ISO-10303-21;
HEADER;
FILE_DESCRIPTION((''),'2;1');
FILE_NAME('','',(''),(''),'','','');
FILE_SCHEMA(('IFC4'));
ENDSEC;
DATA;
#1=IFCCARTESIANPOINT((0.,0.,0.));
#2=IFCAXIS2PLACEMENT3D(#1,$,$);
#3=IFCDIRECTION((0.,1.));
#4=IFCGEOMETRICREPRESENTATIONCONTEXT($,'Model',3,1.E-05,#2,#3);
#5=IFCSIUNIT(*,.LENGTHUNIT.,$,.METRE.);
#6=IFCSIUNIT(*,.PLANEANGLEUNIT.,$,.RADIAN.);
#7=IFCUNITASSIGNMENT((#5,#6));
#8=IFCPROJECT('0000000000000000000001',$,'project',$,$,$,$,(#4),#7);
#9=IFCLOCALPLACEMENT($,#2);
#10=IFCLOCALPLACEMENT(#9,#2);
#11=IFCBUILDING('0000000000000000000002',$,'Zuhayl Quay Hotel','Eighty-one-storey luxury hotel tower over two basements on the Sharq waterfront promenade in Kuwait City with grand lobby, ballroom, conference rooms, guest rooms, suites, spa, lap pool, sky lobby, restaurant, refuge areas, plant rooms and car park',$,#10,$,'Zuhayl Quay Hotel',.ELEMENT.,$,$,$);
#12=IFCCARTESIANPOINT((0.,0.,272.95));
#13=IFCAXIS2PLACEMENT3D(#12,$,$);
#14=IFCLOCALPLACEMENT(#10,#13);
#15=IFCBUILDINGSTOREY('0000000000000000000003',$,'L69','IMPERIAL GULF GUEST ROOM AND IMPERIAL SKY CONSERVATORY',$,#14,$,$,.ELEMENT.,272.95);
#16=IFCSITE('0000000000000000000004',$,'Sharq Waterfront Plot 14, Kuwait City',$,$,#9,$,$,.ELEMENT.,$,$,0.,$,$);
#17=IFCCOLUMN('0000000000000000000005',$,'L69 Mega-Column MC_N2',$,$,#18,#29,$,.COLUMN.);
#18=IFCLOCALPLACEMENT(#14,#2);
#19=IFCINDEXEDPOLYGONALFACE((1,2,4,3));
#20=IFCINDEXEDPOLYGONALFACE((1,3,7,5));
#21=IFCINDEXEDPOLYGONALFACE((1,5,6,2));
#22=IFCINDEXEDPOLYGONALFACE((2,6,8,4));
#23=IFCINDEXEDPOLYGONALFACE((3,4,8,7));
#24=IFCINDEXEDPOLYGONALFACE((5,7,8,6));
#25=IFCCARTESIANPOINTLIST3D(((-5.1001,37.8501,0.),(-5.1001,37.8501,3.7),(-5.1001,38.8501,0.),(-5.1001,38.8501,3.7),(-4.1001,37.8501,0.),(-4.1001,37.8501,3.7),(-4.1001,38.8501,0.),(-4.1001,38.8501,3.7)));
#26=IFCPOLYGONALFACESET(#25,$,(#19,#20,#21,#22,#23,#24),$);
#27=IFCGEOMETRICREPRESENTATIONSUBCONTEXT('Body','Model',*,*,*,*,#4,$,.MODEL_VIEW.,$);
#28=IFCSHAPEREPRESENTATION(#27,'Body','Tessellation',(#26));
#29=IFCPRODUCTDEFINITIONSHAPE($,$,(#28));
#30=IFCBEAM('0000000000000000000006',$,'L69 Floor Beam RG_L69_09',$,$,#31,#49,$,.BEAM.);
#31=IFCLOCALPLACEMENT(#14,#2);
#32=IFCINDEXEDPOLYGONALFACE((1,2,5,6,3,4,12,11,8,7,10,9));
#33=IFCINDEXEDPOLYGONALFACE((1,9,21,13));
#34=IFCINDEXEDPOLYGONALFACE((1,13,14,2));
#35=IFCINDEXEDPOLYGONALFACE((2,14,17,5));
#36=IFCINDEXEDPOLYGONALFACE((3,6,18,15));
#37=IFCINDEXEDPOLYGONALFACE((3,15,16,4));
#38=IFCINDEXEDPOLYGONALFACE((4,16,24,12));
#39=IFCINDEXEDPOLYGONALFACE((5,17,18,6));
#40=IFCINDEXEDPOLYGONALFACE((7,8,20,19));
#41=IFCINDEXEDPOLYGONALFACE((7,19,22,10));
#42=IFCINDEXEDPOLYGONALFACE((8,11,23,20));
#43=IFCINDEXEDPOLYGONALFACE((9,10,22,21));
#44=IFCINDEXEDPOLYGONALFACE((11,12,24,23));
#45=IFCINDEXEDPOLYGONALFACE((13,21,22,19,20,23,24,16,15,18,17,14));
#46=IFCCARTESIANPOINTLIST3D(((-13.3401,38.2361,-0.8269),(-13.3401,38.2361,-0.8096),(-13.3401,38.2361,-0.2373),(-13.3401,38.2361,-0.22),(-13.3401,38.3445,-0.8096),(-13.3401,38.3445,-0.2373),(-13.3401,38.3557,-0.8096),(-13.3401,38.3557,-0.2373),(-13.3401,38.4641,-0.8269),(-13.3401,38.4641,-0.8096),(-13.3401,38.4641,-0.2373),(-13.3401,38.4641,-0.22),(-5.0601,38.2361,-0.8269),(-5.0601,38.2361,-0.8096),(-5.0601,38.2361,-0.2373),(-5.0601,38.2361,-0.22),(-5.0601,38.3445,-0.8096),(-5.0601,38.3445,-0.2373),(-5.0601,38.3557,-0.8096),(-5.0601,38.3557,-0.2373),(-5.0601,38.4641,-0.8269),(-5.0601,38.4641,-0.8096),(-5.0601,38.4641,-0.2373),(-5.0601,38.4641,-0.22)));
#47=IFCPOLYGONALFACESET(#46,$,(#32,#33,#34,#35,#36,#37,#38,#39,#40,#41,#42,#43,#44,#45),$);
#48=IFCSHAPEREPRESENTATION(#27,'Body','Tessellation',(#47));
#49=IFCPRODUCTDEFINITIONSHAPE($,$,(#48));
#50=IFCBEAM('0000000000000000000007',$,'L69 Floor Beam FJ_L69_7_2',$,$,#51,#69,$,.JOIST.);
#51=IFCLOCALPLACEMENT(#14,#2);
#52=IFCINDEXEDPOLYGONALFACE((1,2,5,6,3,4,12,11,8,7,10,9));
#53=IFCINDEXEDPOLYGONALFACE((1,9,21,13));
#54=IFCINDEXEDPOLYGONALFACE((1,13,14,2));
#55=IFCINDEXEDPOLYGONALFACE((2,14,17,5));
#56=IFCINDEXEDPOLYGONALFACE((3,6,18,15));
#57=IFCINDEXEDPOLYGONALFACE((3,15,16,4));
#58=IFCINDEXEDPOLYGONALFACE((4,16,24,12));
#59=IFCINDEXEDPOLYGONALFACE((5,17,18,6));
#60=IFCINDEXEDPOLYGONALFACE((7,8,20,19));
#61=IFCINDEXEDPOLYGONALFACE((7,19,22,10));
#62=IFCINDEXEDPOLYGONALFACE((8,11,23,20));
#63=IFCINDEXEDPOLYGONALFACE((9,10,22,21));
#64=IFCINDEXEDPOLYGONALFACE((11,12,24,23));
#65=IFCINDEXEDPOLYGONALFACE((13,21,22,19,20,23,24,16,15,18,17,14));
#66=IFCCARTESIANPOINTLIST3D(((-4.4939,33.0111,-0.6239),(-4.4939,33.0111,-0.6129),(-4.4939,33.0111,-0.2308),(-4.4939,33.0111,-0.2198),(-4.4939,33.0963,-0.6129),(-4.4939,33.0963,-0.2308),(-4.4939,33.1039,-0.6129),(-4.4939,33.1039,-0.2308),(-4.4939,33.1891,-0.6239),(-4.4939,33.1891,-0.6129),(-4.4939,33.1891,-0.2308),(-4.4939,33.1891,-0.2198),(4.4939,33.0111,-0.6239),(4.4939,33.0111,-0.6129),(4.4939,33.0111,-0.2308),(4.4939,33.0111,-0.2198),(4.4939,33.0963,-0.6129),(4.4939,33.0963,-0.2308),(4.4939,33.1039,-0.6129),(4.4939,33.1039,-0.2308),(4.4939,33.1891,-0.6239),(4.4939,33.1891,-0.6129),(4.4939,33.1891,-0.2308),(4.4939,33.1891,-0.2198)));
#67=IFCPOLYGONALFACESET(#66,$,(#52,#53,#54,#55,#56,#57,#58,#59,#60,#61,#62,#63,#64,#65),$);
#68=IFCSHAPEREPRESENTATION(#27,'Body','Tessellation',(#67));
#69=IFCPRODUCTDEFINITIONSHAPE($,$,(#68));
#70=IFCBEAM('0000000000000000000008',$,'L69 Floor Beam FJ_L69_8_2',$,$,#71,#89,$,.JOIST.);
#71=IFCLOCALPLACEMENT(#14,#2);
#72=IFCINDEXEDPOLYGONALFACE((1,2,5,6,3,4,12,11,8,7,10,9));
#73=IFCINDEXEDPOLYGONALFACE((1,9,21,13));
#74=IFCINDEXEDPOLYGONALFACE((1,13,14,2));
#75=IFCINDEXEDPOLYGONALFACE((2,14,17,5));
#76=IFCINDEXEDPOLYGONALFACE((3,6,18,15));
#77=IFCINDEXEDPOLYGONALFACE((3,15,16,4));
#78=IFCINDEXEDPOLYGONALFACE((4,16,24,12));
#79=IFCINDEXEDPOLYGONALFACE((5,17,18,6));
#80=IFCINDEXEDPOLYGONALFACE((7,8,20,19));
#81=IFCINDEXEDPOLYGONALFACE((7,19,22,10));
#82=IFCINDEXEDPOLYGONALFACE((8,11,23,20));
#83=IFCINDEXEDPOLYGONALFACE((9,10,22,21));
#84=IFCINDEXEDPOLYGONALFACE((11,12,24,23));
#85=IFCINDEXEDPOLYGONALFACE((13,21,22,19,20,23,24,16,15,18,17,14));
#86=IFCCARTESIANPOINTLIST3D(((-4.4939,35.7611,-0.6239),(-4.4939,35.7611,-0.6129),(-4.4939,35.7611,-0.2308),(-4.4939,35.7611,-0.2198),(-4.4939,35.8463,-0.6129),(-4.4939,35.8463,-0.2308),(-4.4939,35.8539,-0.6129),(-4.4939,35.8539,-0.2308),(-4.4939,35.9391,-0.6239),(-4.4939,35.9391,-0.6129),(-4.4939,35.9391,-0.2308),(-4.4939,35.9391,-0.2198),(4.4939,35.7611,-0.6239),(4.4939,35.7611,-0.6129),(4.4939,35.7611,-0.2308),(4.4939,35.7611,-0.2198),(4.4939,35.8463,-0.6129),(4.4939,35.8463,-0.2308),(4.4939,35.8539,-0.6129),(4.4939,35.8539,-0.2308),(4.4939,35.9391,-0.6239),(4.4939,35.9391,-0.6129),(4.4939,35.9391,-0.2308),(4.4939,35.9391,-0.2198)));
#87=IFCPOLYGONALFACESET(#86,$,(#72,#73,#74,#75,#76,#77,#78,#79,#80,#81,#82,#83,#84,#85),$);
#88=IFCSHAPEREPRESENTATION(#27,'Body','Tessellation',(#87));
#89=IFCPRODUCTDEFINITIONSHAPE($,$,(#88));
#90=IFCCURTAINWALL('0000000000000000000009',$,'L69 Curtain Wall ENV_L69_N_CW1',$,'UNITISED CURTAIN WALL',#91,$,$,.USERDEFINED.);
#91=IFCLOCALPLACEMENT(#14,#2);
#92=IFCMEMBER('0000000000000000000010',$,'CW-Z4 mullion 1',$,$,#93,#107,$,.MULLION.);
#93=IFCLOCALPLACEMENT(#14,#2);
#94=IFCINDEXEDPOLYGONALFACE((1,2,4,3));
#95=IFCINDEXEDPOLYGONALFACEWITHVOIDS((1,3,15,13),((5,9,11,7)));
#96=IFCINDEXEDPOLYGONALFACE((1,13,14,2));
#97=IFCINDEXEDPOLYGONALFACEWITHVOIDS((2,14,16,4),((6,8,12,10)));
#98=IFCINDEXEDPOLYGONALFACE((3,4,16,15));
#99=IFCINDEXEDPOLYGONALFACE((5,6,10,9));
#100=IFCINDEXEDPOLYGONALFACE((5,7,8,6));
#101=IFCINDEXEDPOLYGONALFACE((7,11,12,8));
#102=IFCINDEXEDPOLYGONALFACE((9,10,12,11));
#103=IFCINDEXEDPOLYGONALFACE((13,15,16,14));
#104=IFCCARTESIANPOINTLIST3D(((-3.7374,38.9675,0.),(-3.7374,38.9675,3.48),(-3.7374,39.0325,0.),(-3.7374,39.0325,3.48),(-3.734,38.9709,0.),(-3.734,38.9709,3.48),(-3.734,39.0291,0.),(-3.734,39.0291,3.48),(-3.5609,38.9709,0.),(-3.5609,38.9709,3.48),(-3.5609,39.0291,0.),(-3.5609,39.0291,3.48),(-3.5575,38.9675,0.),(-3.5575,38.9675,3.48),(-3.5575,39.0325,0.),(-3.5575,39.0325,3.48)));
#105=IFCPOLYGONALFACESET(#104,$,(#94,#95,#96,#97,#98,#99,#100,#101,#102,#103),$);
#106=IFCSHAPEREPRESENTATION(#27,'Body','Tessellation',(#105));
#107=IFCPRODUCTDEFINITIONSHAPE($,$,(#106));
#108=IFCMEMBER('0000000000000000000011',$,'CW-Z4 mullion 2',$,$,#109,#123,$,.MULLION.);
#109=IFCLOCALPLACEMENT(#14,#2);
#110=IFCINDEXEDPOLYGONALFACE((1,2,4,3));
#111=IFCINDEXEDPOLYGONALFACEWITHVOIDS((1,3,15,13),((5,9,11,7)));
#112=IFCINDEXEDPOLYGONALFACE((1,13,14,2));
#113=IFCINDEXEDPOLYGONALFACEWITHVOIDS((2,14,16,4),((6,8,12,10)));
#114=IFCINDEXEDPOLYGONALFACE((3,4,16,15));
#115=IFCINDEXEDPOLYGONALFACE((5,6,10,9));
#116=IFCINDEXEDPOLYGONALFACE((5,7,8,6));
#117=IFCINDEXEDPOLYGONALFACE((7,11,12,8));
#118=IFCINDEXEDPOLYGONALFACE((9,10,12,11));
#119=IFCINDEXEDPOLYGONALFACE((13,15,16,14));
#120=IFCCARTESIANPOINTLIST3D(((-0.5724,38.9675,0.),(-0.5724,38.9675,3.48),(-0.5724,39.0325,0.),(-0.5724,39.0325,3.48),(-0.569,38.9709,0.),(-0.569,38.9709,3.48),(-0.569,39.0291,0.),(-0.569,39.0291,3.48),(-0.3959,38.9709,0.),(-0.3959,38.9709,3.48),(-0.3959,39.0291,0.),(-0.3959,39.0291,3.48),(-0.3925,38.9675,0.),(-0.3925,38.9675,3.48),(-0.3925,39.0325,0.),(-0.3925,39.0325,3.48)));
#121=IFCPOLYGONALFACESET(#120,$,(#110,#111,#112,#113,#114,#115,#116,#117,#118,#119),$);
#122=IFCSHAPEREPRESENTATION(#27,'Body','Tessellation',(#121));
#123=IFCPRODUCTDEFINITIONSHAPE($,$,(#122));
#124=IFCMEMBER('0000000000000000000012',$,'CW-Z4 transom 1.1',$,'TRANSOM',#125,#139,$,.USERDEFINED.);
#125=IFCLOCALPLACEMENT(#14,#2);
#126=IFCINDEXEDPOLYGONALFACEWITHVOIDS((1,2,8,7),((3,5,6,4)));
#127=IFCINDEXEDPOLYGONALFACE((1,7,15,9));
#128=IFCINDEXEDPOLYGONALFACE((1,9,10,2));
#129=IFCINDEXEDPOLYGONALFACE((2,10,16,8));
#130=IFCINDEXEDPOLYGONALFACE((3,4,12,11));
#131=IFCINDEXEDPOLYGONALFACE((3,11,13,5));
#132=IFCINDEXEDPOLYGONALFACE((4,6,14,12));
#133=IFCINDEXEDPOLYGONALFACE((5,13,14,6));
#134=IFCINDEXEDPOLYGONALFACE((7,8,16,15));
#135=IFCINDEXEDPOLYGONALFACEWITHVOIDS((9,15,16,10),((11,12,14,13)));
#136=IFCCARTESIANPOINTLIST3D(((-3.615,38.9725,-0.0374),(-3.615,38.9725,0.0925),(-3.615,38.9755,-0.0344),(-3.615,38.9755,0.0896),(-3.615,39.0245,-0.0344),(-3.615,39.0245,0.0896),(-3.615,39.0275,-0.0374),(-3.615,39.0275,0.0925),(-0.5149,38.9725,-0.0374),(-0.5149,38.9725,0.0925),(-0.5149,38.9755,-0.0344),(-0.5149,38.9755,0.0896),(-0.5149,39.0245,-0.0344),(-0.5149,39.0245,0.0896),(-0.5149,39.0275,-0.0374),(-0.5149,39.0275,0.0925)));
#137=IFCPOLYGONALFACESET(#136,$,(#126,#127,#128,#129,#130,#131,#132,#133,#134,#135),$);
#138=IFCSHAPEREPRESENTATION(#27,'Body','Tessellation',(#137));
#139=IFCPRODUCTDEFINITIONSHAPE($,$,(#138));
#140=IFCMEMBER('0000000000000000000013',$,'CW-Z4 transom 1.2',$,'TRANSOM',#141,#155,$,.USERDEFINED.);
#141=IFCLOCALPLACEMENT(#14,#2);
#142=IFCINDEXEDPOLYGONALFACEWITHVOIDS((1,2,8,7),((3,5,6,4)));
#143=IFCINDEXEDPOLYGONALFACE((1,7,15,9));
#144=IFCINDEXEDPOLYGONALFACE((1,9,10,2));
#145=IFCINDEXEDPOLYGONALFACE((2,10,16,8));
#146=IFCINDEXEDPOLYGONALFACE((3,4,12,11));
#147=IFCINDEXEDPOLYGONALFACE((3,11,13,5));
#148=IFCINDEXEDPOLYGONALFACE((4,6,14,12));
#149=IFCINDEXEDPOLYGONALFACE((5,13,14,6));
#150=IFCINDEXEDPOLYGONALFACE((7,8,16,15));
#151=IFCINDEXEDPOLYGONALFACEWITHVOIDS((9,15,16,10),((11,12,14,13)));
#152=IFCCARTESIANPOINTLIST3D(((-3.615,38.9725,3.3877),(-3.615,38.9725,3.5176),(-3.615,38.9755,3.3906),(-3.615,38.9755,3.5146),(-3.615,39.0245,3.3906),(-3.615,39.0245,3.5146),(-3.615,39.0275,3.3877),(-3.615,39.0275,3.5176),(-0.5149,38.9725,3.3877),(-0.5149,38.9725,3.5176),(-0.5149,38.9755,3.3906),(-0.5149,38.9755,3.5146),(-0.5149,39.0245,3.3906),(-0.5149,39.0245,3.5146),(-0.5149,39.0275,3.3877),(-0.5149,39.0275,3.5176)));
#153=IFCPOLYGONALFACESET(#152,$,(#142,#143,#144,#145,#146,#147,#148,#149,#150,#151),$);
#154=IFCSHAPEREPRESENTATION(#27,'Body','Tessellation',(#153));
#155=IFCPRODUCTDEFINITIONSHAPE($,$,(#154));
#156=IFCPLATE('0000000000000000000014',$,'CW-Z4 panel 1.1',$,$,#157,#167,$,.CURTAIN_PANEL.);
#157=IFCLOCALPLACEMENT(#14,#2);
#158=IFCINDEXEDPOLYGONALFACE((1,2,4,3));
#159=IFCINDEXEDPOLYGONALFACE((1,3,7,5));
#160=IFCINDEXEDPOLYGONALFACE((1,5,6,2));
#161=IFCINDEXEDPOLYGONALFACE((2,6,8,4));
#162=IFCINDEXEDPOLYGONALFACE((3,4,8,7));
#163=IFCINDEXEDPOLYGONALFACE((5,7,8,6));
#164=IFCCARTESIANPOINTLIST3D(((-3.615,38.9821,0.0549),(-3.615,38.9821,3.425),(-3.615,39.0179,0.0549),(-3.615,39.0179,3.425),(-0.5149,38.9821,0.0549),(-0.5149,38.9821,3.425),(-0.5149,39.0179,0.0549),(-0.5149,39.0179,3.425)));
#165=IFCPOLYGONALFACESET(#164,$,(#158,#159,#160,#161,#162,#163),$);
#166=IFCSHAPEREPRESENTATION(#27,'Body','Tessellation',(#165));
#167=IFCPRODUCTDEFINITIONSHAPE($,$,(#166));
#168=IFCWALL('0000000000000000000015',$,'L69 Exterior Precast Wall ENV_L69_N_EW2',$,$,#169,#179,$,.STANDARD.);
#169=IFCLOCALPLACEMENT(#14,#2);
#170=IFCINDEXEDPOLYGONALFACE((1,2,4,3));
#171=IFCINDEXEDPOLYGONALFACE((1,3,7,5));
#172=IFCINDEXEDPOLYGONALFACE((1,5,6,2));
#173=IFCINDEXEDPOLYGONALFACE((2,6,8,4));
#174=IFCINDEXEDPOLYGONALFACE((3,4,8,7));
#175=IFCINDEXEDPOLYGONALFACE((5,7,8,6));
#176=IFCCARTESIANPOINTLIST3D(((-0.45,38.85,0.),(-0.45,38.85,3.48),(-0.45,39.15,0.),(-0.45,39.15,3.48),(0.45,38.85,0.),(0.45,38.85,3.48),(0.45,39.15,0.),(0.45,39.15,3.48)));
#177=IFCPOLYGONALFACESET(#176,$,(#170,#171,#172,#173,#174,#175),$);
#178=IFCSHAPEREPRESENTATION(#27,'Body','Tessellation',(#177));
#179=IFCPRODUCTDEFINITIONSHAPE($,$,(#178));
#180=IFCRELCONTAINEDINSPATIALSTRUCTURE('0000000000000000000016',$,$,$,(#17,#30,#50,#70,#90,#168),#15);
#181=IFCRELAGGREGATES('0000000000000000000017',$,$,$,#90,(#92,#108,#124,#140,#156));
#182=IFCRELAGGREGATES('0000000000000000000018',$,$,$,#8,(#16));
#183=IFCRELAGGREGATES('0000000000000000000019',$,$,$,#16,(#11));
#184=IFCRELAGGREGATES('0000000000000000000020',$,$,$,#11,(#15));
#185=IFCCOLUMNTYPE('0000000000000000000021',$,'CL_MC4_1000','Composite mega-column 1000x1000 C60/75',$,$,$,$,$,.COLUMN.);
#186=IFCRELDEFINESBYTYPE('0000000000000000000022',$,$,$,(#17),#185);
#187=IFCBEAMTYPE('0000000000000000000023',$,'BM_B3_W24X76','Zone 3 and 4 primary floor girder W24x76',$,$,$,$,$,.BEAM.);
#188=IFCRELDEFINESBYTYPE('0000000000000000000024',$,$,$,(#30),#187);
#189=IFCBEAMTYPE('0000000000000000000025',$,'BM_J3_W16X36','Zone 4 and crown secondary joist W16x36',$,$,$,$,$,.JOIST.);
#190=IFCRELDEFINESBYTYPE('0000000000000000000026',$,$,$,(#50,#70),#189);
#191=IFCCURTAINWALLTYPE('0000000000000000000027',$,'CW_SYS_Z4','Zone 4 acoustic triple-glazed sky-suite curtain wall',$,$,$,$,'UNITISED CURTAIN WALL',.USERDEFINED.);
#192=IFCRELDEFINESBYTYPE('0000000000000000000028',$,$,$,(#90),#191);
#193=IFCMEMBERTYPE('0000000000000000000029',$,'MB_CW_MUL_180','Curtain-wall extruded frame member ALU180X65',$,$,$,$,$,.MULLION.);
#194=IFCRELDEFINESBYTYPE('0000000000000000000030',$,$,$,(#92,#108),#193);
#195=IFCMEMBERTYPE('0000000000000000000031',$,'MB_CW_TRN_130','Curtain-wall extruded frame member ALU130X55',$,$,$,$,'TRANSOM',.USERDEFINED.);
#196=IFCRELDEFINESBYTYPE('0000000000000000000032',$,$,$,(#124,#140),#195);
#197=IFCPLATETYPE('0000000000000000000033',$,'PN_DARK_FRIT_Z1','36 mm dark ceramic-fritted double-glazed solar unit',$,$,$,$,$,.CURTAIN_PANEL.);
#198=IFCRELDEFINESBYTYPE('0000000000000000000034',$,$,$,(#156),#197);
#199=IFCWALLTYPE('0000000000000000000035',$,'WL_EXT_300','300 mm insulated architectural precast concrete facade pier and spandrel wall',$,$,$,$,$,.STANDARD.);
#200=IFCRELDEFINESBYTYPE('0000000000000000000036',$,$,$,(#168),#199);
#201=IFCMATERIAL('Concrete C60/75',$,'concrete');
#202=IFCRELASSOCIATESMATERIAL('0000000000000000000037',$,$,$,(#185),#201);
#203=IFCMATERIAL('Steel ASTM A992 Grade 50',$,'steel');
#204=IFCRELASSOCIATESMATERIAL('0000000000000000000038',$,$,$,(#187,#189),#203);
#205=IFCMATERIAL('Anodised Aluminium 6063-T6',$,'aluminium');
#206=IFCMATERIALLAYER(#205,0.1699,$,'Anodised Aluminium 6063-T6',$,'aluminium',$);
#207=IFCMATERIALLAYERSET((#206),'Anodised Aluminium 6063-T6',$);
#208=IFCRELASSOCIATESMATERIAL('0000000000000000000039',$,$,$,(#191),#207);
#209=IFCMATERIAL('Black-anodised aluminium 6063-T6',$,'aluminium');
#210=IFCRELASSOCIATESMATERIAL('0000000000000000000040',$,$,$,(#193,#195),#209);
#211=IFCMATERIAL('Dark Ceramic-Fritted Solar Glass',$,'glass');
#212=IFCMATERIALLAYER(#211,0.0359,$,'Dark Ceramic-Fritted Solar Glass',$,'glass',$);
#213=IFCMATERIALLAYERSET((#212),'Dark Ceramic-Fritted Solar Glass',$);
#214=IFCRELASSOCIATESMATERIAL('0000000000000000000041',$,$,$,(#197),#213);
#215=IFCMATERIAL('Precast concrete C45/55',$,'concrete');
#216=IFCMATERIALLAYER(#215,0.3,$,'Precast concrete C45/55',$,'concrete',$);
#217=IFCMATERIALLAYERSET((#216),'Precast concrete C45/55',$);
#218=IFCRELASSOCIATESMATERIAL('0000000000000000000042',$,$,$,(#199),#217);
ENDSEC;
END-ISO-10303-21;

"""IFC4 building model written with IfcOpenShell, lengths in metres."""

from ifc_helpers import new_model, si_unit, direction, frame, frame_2d, origin, origin_2d, place, context, subcontext, project, spatial, rectangle, hollow_rectangle, i_section, extrude, material, layer, layer_set, material_profile, profile_set, type_object, element, aggregate, save


model = new_model("IFC4")

# Units and contexts
model_context = context("Model", 3, precision=1e-05, world=origin(), true_north=direction((0.0, 1.0)))
body_context = subcontext(model_context, "Body", "Model", "MODEL_VIEW")
ifc_project = project(units=[si_unit("LENGTHUNIT", "METRE"), si_unit("PLANEANGLEUNIT", "RADIAN")], contexts=[model_context])

# Site, building, storey
site_placement = place(None, origin())
site = spatial("IfcSite", under=ifc_project, at=site_placement, Name="Sharq Waterfront Plot 14, Kuwait City", CompositionType="ELEMENT", RefElevation=0.0)
building_placement = place(site_placement, origin())
building = spatial("IfcBuilding", under=site, at=building_placement, Name="Zuhayl Quay Hotel", Description="Eighty-one-storey luxury hotel tower over two basements on the Sharq waterfront promenade in Kuwait City with grand lobby, ballroom, conference rooms, guest rooms, suites, spa, lap pool, sky lobby, restaurant, refuge areas, plant rooms and car park", LongName="Zuhayl Quay Hotel", CompositionType="ELEMENT")
storey_placement = place(building_placement, frame((0.0, 0.0, 272.95)))
storey = spatial("IfcBuildingStorey", under=building, at=storey_placement, Name="L69", Description="IMPERIAL GULF GUEST ROOM AND IMPERIAL SKY CONSERVATORY", CompositionType="ELEMENT", Elevation=272.95)

# Column
ifc_material_1 = material(Name="Concrete C60/75", Category="concrete")
ifc_material_profile_1 = material_profile(ifc_material_1, rectangle(XDim=1.0, YDim=1.0, at=origin_2d()), Name="RC1000X1000")
ifc_profile_set_1 = profile_set([ifc_material_profile_1], Name="Concrete C60/75")
column_type = type_object("IfcColumnType", Name="CL_MC4_1000", Description="Composite mega-column 1000x1000 C60/75", PredefinedType="COLUMN", material=ifc_profile_set_1)
column_placement = place(storey_placement, frame((-4.6001, 38.3501, 0.0), z_axis=(0.0, 0.0, 1.0), x_axis=(1.0, 0.0, 0.0)))
element("IfcColumn", 1, at=column_placement, inside=storey, type_object=column_type, Name="L69 Mega-Column MC_N2", PredefinedType="COLUMN", context=body_context, shape_type="SweptSolid", body=[
    extrude(rectangle(XDim=1.0, YDim=1.0, at=origin_2d()), origin(), (0.0, 0.0, 1.0), 3.7),
])

# Beams
ifc_material_2 = material(Name="Steel ASTM A992 Grade 50", Category="steel")
ifc_material_profile_2 = material_profile(ifc_material_2, i_section(OverallWidth=0.228, OverallDepth=0.6069, WebThickness=0.0112, FlangeThickness=0.0173, at=origin_2d()), Name="W24X76")
ifc_profile_set_2 = profile_set([ifc_material_profile_2], Name="Steel ASTM A992 Grade 50")
beam_type_1 = type_object("IfcBeamType", Name="BM_B3_W24X76", Description="Zone 3 and 4 primary floor girder W24x76", PredefinedType="BEAM", material=ifc_profile_set_2)
beam_placement = place(storey_placement, frame((-5.0601, 38.3501, -0.5234), z_axis=(-1.0, 0.0, 0.0), x_axis=(0.0, -1.0, 0.0)))
element("IfcBeam", 2, at=beam_placement, inside=storey, type_object=beam_type_1, Name="L69 Floor Beam RG_L69_09", PredefinedType="BEAM", context=body_context, shape_type="SweptSolid", body=[
    extrude(i_section(OverallWidth=0.228, OverallDepth=0.6069, WebThickness=0.0112, FlangeThickness=0.0173, at=origin_2d()), origin(), (0.0, 0.0, 1.0), 8.28),
])
ifc_material_profile_3 = material_profile(ifc_material_2, i_section(OverallWidth=0.178, OverallDepth=0.4041, WebThickness=0.0076, FlangeThickness=0.011, at=origin_2d()), Name="W16X36")
ifc_profile_set_3 = profile_set([ifc_material_profile_3], Name="Steel ASTM A992 Grade 50")
beam_type_2 = type_object("IfcBeamType", Name="BM_J3_W16X36", Description="Zone 4 and crown secondary joist W16x36", PredefinedType="JOIST", material=ifc_profile_set_3)
for number, where, z_axis, x_axis, name in (
    (3, (-4.4939, 33.1001, -0.4219), (1.0, 0.0, 0.0), (0.0, 1.0, 0.0), "L69 Floor Beam FJ_L69_7_2"),
    (4, (-4.4939, 35.8501, -0.4219), (1.0, 0.0, 0.0), (0.0, 1.0, 0.0), "L69 Floor Beam FJ_L69_8_2"),
):
    element("IfcBeam", number, at=place(storey_placement, frame(where, z_axis=z_axis, x_axis=x_axis)), inside=storey, type_object=beam_type_2, Name=name, PredefinedType="JOIST", context=body_context, shape_type="SweptSolid", body=[
        extrude(i_section(OverallWidth=0.178, OverallDepth=0.4041, WebThickness=0.0076, FlangeThickness=0.011, at=origin_2d()), origin(), (0.0, 0.0, 1.0), 8.9878),
    ])

# Curtain wall, members, plate
ifc_material_3 = material(Name="Anodised Aluminium 6063-T6", Category="aluminium")
ifc_layer_1 = layer(ifc_material_3, 0.1699, Name="Anodised Aluminium 6063-T6", Category="aluminium")
ifc_layer_set_1 = layer_set([ifc_layer_1], Name="Anodised Aluminium 6063-T6")
curtain_wall_type = type_object("IfcCurtainWallType", Name="CW_SYS_Z4", Description="Zone 4 acoustic triple-glazed sky-suite curtain wall", ElementType="UNITISED CURTAIN WALL", PredefinedType="USERDEFINED", material=ifc_layer_set_1)
curtain_wall_placement = place(storey_placement, origin())
curtain_wall = element("IfcCurtainWall", 5, at=curtain_wall_placement, inside=storey, type_object=curtain_wall_type, Name="L69 Curtain Wall ENV_L69_N_CW1", ObjectType="UNITISED CURTAIN WALL", PredefinedType="USERDEFINED")
ifc_material_4 = material(Name="Black-anodised aluminium 6063-T6", Category="aluminium")
ifc_material_profile_4 = material_profile(ifc_material_4, hollow_rectangle(XDim=0.0649, YDim=0.1799, WallThickness=0.0034, at=origin_2d()), Name="ALU180X65")
ifc_profile_set_4 = profile_set([ifc_material_profile_4], Name="Black-anodised aluminium 6063-T6")
member_type_1 = type_object("IfcMemberType", Name="MB_CW_MUL_180", Description="Curtain-wall extruded frame member ALU180X65", PredefinedType="MULLION", material=ifc_profile_set_4)
member_1_placement = place(storey_placement, frame((-3.6475, 39.0, 0.0), z_axis=(0.0, 0.0, 1.0), x_axis=(0.0, 1.0, 0.0)))
member_1 = element("IfcMember", 6, at=member_1_placement, type_object=member_type_1, Name="CW-Z4 mullion 1", PredefinedType="MULLION", context=body_context, shape_type="SweptSolid", body=[
    extrude(hollow_rectangle(XDim=0.0649, YDim=0.1799, WallThickness=0.0034, at=origin_2d()), origin(), (0.0, 0.0, 1.0), 3.48),
])
member_2_placement = place(storey_placement, frame((-0.4824, 39.0, 0.0), z_axis=(0.0, 0.0, 1.0), x_axis=(0.0, 1.0, 0.0)))
member_2 = element("IfcMember", 7, at=member_2_placement, type_object=member_type_1, Name="CW-Z4 mullion 2", PredefinedType="MULLION", context=body_context, shape_type="SweptSolid", body=[
    extrude(hollow_rectangle(XDim=0.0649, YDim=0.1799, WallThickness=0.0034, at=origin_2d()), origin(), (0.0, 0.0, 1.0), 3.48),
])
ifc_material_profile_5 = material_profile(ifc_material_4, hollow_rectangle(XDim=0.0549, YDim=0.1299, WallThickness=0.0029, at=origin_2d()), Name="ALU130X55")
ifc_profile_set_5 = profile_set([ifc_material_profile_5], Name="Black-anodised aluminium 6063-T6")
member_type_2 = type_object("IfcMemberType", Name="MB_CW_TRN_130", Description="Curtain-wall extruded frame member ALU130X55", ElementType="TRANSOM", PredefinedType="USERDEFINED", material=ifc_profile_set_5)
member_3_placement = place(storey_placement, frame((-3.615, 39.0, 0.0276), z_axis=(1.0, 0.0, 0.0), x_axis=(0.0, 1.0, 0.0)))
member_3 = element("IfcMember", 8, at=member_3_placement, type_object=member_type_2, Name="CW-Z4 transom 1.1", ObjectType="TRANSOM", PredefinedType="USERDEFINED", context=body_context, shape_type="SweptSolid", body=[
    extrude(hollow_rectangle(XDim=0.0549, YDim=0.1299, WallThickness=0.0029, at=origin_2d()), origin(), (0.0, 0.0, 1.0), 3.1001),
])
member_4_placement = place(storey_placement, frame((-3.615, 39.0, 3.4526), z_axis=(1.0, 0.0, 0.0), x_axis=(0.0, 1.0, 0.0)))
member_4 = element("IfcMember", 9, at=member_4_placement, type_object=member_type_2, Name="CW-Z4 transom 1.2", ObjectType="TRANSOM", PredefinedType="USERDEFINED", context=body_context, shape_type="SweptSolid", body=[
    extrude(hollow_rectangle(XDim=0.0549, YDim=0.1299, WallThickness=0.0029, at=origin_2d()), origin(), (0.0, 0.0, 1.0), 3.1001),
])
ifc_material_5 = material(Name="Dark Ceramic-Fritted Solar Glass", Category="glass")
ifc_layer_2 = layer(ifc_material_5, 0.0359, Name="Dark Ceramic-Fritted Solar Glass", Category="glass")
ifc_layer_set_2 = layer_set([ifc_layer_2], Name="Dark Ceramic-Fritted Solar Glass")
plate_type = type_object("IfcPlateType", Name="PN_DARK_FRIT_Z1", Description="36 mm dark ceramic-fritted double-glazed solar unit", PredefinedType="CURTAIN_PANEL", material=ifc_layer_set_2)
plate_placement = place(storey_placement, frame((-2.0649, 39.0, 0.0549), z_axis=(0.0, 0.0, 1.0), x_axis=(1.0, 0.0, 0.0)))
plate = element("IfcPlate", 10, at=plate_placement, type_object=plate_type, Name="CW-Z4 panel 1.1", PredefinedType="CURTAIN_PANEL", context=body_context, shape_type="SweptSolid", body=[
    extrude(rectangle(XDim=3.1001, YDim=0.0359, at=origin_2d()), origin(), (0.0, 0.0, 1.0), 3.3701),
])
aggregate(curtain_wall, [member_1, member_2, member_3, member_4, plate])

# Wall
ifc_material_6 = material(Name="Precast concrete C45/55", Category="concrete")
ifc_layer_3 = layer(ifc_material_6, 0.3, Name="Precast concrete C45/55", Category="concrete")
ifc_layer_set_3 = layer_set([ifc_layer_3], Name="Precast concrete C45/55")
wall_type_1 = type_object("IfcWallType", Name="WL_EXT_300", Description="300 mm insulated architectural precast concrete facade pier and spandrel wall", PredefinedType="STANDARD", material=ifc_layer_set_3)
wall_1_placement = place(storey_placement, frame((-0.45, 39.0, 0.0), z_axis=(0.0, 0.0, 1.0), x_axis=(1.0, 0.0, 0.0)))
element("IfcWall", 11, at=wall_1_placement, inside=storey, type_object=wall_type_1, Name="L69 Exterior Precast Wall ENV_L69_N_EW2", PredefinedType="STANDARD", context=body_context, shape_type="SweptSolid", body=[
    extrude(rectangle(XDim=0.8999, YDim=0.3, at=frame_2d((0.45, 0.0))), origin(), (0.0, 0.0, 1.0), 3.48),
])

save(model, "model.ifc")
